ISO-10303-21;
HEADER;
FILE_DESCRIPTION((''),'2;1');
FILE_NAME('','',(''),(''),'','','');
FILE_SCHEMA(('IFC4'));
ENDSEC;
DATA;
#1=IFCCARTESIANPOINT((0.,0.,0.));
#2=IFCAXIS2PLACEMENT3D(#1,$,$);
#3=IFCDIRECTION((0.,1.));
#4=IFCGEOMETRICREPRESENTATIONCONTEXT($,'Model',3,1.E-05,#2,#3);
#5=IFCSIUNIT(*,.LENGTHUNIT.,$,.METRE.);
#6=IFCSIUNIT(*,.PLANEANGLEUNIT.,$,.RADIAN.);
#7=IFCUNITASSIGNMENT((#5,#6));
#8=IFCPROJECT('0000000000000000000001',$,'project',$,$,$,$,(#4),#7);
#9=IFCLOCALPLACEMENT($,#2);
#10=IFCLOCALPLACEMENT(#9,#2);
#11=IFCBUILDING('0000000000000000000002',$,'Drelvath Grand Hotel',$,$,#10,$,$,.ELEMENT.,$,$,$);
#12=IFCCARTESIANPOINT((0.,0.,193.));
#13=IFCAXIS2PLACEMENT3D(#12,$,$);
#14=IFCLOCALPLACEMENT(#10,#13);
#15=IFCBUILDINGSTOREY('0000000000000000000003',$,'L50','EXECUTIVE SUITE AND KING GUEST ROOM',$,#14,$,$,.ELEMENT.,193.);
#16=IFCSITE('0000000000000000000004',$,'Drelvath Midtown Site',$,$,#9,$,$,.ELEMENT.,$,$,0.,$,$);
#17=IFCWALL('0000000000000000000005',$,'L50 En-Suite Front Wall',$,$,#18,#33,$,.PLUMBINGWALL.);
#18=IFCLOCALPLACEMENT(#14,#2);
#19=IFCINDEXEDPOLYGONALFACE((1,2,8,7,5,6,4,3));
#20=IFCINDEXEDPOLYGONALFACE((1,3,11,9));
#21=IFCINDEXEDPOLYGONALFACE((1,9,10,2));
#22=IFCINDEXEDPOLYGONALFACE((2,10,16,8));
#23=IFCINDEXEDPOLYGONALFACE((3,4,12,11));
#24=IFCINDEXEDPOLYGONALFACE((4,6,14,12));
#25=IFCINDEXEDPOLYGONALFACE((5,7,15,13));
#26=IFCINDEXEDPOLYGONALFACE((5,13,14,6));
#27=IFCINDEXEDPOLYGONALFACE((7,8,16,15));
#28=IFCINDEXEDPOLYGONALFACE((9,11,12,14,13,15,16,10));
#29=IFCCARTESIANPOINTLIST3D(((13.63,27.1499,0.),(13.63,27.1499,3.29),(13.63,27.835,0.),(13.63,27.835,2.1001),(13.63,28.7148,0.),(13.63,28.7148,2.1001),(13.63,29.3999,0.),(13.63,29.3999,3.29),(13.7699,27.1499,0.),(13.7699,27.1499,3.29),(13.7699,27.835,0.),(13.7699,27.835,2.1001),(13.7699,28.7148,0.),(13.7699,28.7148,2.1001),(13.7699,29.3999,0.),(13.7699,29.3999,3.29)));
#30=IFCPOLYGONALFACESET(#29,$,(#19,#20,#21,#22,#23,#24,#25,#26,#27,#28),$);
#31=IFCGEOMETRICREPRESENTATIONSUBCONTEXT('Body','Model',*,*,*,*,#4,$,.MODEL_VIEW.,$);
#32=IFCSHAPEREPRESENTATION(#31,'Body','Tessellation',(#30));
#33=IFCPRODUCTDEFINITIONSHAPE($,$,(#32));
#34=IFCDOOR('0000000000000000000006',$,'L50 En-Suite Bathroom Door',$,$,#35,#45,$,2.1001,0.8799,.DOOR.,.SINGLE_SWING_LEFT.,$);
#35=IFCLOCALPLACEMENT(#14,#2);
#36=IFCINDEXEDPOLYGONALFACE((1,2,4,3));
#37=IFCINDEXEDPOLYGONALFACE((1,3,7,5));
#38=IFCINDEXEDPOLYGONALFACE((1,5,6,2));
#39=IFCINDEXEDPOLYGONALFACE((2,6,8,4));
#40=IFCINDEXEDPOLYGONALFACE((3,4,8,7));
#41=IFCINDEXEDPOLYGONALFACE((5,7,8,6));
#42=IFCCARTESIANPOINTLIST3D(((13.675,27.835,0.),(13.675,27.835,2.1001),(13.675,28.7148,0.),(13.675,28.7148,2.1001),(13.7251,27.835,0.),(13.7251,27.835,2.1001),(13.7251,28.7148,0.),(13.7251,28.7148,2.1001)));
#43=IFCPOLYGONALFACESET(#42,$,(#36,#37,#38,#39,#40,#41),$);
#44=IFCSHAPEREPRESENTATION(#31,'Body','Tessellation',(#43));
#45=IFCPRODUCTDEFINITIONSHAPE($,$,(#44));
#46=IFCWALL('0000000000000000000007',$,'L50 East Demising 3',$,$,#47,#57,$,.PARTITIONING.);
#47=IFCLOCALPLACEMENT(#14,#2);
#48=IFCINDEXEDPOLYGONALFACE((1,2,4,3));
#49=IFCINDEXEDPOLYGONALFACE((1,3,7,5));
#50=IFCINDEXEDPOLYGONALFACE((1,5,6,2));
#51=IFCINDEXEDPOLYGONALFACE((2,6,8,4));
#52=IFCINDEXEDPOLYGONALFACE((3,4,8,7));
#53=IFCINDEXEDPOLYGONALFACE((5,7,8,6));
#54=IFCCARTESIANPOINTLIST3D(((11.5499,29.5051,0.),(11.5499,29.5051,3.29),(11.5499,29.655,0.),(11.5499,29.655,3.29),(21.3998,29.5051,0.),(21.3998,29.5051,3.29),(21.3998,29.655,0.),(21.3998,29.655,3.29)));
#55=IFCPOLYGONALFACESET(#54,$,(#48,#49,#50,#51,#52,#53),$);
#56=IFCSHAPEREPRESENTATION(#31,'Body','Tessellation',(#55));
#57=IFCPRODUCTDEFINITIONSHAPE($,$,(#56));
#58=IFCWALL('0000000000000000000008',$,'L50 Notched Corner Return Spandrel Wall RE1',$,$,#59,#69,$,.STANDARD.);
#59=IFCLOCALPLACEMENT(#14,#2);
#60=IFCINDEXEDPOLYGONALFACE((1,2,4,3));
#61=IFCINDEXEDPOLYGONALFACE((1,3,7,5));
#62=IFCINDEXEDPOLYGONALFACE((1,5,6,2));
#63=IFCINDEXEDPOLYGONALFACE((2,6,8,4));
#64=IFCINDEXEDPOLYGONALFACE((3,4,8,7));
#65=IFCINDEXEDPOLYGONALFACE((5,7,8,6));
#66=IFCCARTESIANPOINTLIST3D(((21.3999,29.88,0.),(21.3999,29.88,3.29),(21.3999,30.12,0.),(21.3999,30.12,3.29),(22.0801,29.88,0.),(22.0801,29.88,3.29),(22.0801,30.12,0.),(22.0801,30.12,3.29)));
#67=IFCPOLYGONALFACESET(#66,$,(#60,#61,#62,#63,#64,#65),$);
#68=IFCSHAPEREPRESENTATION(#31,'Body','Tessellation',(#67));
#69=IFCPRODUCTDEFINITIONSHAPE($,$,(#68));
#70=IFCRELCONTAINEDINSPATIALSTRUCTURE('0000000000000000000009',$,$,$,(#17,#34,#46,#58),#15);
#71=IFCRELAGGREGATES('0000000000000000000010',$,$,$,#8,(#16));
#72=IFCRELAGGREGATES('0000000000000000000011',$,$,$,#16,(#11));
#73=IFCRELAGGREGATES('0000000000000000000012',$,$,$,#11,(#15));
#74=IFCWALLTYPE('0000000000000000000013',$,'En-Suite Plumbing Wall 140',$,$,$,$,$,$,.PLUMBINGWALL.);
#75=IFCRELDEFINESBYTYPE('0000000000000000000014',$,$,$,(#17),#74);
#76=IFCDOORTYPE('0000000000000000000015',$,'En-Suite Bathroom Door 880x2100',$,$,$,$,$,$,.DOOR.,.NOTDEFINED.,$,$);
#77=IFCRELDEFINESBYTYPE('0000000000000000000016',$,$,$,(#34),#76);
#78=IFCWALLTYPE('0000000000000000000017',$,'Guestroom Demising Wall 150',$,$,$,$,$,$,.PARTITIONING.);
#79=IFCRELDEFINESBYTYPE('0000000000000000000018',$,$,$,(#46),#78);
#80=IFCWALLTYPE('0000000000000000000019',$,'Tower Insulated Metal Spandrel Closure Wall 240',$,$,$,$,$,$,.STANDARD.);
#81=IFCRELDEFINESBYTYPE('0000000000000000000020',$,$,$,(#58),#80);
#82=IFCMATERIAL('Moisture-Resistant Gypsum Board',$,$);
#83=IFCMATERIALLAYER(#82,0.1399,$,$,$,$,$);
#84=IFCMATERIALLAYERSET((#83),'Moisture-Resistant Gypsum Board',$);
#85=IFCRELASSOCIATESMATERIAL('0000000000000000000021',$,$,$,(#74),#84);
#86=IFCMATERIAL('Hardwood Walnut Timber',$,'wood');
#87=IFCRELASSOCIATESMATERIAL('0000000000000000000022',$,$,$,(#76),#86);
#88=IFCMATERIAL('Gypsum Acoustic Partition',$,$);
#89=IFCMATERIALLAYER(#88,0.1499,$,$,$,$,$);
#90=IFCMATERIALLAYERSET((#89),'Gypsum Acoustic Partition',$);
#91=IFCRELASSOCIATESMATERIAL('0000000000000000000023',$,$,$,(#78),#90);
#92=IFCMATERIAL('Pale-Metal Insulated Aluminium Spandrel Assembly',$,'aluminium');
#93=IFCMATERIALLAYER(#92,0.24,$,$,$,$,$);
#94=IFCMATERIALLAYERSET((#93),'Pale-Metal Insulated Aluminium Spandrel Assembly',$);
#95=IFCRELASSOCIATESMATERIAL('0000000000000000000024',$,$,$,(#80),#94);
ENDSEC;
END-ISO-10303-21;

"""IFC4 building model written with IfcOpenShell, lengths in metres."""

from ifc_helpers import new_model, si_unit, direction, frame, frame_2d, origin, place, context, subcontext, project, spatial, rectangle, extrude, material, layer, layer_set, type_object, element, fill, save


model = new_model("IFC4")

# Units and contexts
model_context = context("Model", 3, precision=1e-05, world=origin(), true_north=direction((0.0, 1.0)))
body_context = subcontext(model_context, "Body", "Model", "MODEL_VIEW")
ifc_project = project(units=[si_unit("LENGTHUNIT", "METRE"), si_unit("PLANEANGLEUNIT", "RADIAN")], contexts=[model_context])

# Site, building, storey
site_placement = place(None, origin())
site = spatial("IfcSite", under=ifc_project, at=site_placement, Name="Drelvath Midtown Site", CompositionType="ELEMENT", RefElevation=0.0)
building_placement = place(site_placement, origin())
building = spatial("IfcBuilding", under=site, at=building_placement, Name="Drelvath Grand Hotel", CompositionType="ELEMENT")
storey_placement = place(building_placement, frame((0.0, 0.0, 193.0)))
storey = spatial("IfcBuildingStorey", under=building, at=storey_placement, Name="L50", Description="EXECUTIVE SUITE AND KING GUEST ROOM", CompositionType="ELEMENT", Elevation=193.0)

# Shared definitions
ifc_material_1 = material(Name="Moisture-Resistant Gypsum Board")
ifc_layer_1 = layer(ifc_material_1, 0.1399)
ifc_layer_set_1 = layer_set([ifc_layer_1], Name="Moisture-Resistant Gypsum Board")
wall_type_1 = type_object("IfcWallType", Name="En-Suite Plumbing Wall 140", PredefinedType="PLUMBINGWALL", material=ifc_layer_set_1)

# Wall, opening, door
wall_1_placement = place(storey_placement, frame((13.7, 27.1499, 0.0), z_axis=(0.0, 0.0, 1.0), x_axis=(0.0, 1.0, 0.0)))
wall_1 = element("IfcWall", 1, at=wall_1_placement, inside=storey, type_object=wall_type_1, Name="L50 En-Suite Front Wall", PredefinedType="PLUMBINGWALL", context=body_context, shape_type="SweptSolid", body=[
    extrude(rectangle(XDim=2.25, YDim=0.1399, at=frame_2d((1.125, 0.0))), origin(), (0.0, 0.0, 1.0), 3.29),
])
opening_placement = place(wall_1_placement, frame((0.6851, 0.0, 0.0)))
opening = element("IfcOpeningElement", 2, at=opening_placement, cuts=wall_1, PredefinedType="OPENING", context=body_context, shape_type="SweptSolid", body=[
    extrude(rectangle(XDim=0.8799, YDim=2.1001, at=frame_2d((0.4399, 1.05))), frame((0.0, 0.0798, 0.0), z_axis=(0.0, -1.0, 0.0), x_axis=(1.0, 0.0, 0.0)), (0.0, 0.0, 1.0), 0.1599),
])
ifc_material_2 = material(Name="Hardwood Walnut Timber", Category="wood")
door_type = type_object("IfcDoorType", Name="En-Suite Bathroom Door 880x2100", OperationType="NOTDEFINED", PredefinedType="DOOR", material=ifc_material_2)
door_placement = place(opening_placement, origin())
door = element("IfcDoor", 3, at=door_placement, inside=storey, type_object=door_type, Name="L50 En-Suite Bathroom Door", OperationType="SINGLE_SWING_LEFT", OverallHeight=2.1001, OverallWidth=0.8799, PredefinedType="DOOR", context=body_context, shape_type="SweptSolid", body=[
    extrude(rectangle(XDim=0.8799, YDim=2.1001, at=frame_2d((0.4399, 1.05))), frame((0.0, 0.0249, 0.0), z_axis=(0.0, -1.0, 0.0), x_axis=(1.0, 0.0, 0.0)), (0.0, 0.0, 1.0), 0.05),
])
fill(opening, door)

# Walls
ifc_material_3 = material(Name="Gypsum Acoustic Partition")
ifc_layer_2 = layer(ifc_material_3, 0.1499)
ifc_layer_set_2 = layer_set([ifc_layer_2], Name="Gypsum Acoustic Partition")
wall_type_2 = type_object("IfcWallType", Name="Guestroom Demising Wall 150", PredefinedType="PARTITIONING", material=ifc_layer_set_2)
wall_2_placement = place(storey_placement, frame((11.55, 29.5801, 0.0), z_axis=(0.0, 0.0, 1.0), x_axis=(1.0, 0.0, 0.0)))
element("IfcWall", 4, at=wall_2_placement, inside=storey, type_object=wall_type_2, Name="L50 East Demising 3", PredefinedType="PARTITIONING", context=body_context, shape_type="SweptSolid", body=[
    extrude(rectangle(XDim=9.8499, YDim=0.1499, at=frame_2d((4.9248, 0.0))), origin(), (0.0, 0.0, 1.0), 3.29),
])
ifc_material_4 = material(Name="Pale-Metal Insulated Aluminium Spandrel Assembly", Category="aluminium")
ifc_layer_3 = layer(ifc_material_4, 0.24)
ifc_layer_set_3 = layer_set([ifc_layer_3], Name="Pale-Metal Insulated Aluminium Spandrel Assembly")
wall_type_3 = type_object("IfcWallType", Name="Tower Insulated Metal Spandrel Closure Wall 240", PredefinedType="STANDARD", material=ifc_layer_set_3)
wall_3_placement = place(storey_placement, frame((22.0801, 30.0, 0.0), z_axis=(0.0, 0.0, 1.0), x_axis=(-1.0, 0.0, 0.0)))
element("IfcWall", 5, at=wall_3_placement, inside=storey, type_object=wall_type_3, Name="L50 Notched Corner Return Spandrel Wall RE1", PredefinedType="STANDARD", context=body_context, shape_type="SweptSolid", body=[
    extrude(rectangle(XDim=0.6802, YDim=0.24, at=frame_2d((0.3401, 0.0))), origin(), (0.0, 0.0, 1.0), 3.29),
])

save(model, "model.ifc")
